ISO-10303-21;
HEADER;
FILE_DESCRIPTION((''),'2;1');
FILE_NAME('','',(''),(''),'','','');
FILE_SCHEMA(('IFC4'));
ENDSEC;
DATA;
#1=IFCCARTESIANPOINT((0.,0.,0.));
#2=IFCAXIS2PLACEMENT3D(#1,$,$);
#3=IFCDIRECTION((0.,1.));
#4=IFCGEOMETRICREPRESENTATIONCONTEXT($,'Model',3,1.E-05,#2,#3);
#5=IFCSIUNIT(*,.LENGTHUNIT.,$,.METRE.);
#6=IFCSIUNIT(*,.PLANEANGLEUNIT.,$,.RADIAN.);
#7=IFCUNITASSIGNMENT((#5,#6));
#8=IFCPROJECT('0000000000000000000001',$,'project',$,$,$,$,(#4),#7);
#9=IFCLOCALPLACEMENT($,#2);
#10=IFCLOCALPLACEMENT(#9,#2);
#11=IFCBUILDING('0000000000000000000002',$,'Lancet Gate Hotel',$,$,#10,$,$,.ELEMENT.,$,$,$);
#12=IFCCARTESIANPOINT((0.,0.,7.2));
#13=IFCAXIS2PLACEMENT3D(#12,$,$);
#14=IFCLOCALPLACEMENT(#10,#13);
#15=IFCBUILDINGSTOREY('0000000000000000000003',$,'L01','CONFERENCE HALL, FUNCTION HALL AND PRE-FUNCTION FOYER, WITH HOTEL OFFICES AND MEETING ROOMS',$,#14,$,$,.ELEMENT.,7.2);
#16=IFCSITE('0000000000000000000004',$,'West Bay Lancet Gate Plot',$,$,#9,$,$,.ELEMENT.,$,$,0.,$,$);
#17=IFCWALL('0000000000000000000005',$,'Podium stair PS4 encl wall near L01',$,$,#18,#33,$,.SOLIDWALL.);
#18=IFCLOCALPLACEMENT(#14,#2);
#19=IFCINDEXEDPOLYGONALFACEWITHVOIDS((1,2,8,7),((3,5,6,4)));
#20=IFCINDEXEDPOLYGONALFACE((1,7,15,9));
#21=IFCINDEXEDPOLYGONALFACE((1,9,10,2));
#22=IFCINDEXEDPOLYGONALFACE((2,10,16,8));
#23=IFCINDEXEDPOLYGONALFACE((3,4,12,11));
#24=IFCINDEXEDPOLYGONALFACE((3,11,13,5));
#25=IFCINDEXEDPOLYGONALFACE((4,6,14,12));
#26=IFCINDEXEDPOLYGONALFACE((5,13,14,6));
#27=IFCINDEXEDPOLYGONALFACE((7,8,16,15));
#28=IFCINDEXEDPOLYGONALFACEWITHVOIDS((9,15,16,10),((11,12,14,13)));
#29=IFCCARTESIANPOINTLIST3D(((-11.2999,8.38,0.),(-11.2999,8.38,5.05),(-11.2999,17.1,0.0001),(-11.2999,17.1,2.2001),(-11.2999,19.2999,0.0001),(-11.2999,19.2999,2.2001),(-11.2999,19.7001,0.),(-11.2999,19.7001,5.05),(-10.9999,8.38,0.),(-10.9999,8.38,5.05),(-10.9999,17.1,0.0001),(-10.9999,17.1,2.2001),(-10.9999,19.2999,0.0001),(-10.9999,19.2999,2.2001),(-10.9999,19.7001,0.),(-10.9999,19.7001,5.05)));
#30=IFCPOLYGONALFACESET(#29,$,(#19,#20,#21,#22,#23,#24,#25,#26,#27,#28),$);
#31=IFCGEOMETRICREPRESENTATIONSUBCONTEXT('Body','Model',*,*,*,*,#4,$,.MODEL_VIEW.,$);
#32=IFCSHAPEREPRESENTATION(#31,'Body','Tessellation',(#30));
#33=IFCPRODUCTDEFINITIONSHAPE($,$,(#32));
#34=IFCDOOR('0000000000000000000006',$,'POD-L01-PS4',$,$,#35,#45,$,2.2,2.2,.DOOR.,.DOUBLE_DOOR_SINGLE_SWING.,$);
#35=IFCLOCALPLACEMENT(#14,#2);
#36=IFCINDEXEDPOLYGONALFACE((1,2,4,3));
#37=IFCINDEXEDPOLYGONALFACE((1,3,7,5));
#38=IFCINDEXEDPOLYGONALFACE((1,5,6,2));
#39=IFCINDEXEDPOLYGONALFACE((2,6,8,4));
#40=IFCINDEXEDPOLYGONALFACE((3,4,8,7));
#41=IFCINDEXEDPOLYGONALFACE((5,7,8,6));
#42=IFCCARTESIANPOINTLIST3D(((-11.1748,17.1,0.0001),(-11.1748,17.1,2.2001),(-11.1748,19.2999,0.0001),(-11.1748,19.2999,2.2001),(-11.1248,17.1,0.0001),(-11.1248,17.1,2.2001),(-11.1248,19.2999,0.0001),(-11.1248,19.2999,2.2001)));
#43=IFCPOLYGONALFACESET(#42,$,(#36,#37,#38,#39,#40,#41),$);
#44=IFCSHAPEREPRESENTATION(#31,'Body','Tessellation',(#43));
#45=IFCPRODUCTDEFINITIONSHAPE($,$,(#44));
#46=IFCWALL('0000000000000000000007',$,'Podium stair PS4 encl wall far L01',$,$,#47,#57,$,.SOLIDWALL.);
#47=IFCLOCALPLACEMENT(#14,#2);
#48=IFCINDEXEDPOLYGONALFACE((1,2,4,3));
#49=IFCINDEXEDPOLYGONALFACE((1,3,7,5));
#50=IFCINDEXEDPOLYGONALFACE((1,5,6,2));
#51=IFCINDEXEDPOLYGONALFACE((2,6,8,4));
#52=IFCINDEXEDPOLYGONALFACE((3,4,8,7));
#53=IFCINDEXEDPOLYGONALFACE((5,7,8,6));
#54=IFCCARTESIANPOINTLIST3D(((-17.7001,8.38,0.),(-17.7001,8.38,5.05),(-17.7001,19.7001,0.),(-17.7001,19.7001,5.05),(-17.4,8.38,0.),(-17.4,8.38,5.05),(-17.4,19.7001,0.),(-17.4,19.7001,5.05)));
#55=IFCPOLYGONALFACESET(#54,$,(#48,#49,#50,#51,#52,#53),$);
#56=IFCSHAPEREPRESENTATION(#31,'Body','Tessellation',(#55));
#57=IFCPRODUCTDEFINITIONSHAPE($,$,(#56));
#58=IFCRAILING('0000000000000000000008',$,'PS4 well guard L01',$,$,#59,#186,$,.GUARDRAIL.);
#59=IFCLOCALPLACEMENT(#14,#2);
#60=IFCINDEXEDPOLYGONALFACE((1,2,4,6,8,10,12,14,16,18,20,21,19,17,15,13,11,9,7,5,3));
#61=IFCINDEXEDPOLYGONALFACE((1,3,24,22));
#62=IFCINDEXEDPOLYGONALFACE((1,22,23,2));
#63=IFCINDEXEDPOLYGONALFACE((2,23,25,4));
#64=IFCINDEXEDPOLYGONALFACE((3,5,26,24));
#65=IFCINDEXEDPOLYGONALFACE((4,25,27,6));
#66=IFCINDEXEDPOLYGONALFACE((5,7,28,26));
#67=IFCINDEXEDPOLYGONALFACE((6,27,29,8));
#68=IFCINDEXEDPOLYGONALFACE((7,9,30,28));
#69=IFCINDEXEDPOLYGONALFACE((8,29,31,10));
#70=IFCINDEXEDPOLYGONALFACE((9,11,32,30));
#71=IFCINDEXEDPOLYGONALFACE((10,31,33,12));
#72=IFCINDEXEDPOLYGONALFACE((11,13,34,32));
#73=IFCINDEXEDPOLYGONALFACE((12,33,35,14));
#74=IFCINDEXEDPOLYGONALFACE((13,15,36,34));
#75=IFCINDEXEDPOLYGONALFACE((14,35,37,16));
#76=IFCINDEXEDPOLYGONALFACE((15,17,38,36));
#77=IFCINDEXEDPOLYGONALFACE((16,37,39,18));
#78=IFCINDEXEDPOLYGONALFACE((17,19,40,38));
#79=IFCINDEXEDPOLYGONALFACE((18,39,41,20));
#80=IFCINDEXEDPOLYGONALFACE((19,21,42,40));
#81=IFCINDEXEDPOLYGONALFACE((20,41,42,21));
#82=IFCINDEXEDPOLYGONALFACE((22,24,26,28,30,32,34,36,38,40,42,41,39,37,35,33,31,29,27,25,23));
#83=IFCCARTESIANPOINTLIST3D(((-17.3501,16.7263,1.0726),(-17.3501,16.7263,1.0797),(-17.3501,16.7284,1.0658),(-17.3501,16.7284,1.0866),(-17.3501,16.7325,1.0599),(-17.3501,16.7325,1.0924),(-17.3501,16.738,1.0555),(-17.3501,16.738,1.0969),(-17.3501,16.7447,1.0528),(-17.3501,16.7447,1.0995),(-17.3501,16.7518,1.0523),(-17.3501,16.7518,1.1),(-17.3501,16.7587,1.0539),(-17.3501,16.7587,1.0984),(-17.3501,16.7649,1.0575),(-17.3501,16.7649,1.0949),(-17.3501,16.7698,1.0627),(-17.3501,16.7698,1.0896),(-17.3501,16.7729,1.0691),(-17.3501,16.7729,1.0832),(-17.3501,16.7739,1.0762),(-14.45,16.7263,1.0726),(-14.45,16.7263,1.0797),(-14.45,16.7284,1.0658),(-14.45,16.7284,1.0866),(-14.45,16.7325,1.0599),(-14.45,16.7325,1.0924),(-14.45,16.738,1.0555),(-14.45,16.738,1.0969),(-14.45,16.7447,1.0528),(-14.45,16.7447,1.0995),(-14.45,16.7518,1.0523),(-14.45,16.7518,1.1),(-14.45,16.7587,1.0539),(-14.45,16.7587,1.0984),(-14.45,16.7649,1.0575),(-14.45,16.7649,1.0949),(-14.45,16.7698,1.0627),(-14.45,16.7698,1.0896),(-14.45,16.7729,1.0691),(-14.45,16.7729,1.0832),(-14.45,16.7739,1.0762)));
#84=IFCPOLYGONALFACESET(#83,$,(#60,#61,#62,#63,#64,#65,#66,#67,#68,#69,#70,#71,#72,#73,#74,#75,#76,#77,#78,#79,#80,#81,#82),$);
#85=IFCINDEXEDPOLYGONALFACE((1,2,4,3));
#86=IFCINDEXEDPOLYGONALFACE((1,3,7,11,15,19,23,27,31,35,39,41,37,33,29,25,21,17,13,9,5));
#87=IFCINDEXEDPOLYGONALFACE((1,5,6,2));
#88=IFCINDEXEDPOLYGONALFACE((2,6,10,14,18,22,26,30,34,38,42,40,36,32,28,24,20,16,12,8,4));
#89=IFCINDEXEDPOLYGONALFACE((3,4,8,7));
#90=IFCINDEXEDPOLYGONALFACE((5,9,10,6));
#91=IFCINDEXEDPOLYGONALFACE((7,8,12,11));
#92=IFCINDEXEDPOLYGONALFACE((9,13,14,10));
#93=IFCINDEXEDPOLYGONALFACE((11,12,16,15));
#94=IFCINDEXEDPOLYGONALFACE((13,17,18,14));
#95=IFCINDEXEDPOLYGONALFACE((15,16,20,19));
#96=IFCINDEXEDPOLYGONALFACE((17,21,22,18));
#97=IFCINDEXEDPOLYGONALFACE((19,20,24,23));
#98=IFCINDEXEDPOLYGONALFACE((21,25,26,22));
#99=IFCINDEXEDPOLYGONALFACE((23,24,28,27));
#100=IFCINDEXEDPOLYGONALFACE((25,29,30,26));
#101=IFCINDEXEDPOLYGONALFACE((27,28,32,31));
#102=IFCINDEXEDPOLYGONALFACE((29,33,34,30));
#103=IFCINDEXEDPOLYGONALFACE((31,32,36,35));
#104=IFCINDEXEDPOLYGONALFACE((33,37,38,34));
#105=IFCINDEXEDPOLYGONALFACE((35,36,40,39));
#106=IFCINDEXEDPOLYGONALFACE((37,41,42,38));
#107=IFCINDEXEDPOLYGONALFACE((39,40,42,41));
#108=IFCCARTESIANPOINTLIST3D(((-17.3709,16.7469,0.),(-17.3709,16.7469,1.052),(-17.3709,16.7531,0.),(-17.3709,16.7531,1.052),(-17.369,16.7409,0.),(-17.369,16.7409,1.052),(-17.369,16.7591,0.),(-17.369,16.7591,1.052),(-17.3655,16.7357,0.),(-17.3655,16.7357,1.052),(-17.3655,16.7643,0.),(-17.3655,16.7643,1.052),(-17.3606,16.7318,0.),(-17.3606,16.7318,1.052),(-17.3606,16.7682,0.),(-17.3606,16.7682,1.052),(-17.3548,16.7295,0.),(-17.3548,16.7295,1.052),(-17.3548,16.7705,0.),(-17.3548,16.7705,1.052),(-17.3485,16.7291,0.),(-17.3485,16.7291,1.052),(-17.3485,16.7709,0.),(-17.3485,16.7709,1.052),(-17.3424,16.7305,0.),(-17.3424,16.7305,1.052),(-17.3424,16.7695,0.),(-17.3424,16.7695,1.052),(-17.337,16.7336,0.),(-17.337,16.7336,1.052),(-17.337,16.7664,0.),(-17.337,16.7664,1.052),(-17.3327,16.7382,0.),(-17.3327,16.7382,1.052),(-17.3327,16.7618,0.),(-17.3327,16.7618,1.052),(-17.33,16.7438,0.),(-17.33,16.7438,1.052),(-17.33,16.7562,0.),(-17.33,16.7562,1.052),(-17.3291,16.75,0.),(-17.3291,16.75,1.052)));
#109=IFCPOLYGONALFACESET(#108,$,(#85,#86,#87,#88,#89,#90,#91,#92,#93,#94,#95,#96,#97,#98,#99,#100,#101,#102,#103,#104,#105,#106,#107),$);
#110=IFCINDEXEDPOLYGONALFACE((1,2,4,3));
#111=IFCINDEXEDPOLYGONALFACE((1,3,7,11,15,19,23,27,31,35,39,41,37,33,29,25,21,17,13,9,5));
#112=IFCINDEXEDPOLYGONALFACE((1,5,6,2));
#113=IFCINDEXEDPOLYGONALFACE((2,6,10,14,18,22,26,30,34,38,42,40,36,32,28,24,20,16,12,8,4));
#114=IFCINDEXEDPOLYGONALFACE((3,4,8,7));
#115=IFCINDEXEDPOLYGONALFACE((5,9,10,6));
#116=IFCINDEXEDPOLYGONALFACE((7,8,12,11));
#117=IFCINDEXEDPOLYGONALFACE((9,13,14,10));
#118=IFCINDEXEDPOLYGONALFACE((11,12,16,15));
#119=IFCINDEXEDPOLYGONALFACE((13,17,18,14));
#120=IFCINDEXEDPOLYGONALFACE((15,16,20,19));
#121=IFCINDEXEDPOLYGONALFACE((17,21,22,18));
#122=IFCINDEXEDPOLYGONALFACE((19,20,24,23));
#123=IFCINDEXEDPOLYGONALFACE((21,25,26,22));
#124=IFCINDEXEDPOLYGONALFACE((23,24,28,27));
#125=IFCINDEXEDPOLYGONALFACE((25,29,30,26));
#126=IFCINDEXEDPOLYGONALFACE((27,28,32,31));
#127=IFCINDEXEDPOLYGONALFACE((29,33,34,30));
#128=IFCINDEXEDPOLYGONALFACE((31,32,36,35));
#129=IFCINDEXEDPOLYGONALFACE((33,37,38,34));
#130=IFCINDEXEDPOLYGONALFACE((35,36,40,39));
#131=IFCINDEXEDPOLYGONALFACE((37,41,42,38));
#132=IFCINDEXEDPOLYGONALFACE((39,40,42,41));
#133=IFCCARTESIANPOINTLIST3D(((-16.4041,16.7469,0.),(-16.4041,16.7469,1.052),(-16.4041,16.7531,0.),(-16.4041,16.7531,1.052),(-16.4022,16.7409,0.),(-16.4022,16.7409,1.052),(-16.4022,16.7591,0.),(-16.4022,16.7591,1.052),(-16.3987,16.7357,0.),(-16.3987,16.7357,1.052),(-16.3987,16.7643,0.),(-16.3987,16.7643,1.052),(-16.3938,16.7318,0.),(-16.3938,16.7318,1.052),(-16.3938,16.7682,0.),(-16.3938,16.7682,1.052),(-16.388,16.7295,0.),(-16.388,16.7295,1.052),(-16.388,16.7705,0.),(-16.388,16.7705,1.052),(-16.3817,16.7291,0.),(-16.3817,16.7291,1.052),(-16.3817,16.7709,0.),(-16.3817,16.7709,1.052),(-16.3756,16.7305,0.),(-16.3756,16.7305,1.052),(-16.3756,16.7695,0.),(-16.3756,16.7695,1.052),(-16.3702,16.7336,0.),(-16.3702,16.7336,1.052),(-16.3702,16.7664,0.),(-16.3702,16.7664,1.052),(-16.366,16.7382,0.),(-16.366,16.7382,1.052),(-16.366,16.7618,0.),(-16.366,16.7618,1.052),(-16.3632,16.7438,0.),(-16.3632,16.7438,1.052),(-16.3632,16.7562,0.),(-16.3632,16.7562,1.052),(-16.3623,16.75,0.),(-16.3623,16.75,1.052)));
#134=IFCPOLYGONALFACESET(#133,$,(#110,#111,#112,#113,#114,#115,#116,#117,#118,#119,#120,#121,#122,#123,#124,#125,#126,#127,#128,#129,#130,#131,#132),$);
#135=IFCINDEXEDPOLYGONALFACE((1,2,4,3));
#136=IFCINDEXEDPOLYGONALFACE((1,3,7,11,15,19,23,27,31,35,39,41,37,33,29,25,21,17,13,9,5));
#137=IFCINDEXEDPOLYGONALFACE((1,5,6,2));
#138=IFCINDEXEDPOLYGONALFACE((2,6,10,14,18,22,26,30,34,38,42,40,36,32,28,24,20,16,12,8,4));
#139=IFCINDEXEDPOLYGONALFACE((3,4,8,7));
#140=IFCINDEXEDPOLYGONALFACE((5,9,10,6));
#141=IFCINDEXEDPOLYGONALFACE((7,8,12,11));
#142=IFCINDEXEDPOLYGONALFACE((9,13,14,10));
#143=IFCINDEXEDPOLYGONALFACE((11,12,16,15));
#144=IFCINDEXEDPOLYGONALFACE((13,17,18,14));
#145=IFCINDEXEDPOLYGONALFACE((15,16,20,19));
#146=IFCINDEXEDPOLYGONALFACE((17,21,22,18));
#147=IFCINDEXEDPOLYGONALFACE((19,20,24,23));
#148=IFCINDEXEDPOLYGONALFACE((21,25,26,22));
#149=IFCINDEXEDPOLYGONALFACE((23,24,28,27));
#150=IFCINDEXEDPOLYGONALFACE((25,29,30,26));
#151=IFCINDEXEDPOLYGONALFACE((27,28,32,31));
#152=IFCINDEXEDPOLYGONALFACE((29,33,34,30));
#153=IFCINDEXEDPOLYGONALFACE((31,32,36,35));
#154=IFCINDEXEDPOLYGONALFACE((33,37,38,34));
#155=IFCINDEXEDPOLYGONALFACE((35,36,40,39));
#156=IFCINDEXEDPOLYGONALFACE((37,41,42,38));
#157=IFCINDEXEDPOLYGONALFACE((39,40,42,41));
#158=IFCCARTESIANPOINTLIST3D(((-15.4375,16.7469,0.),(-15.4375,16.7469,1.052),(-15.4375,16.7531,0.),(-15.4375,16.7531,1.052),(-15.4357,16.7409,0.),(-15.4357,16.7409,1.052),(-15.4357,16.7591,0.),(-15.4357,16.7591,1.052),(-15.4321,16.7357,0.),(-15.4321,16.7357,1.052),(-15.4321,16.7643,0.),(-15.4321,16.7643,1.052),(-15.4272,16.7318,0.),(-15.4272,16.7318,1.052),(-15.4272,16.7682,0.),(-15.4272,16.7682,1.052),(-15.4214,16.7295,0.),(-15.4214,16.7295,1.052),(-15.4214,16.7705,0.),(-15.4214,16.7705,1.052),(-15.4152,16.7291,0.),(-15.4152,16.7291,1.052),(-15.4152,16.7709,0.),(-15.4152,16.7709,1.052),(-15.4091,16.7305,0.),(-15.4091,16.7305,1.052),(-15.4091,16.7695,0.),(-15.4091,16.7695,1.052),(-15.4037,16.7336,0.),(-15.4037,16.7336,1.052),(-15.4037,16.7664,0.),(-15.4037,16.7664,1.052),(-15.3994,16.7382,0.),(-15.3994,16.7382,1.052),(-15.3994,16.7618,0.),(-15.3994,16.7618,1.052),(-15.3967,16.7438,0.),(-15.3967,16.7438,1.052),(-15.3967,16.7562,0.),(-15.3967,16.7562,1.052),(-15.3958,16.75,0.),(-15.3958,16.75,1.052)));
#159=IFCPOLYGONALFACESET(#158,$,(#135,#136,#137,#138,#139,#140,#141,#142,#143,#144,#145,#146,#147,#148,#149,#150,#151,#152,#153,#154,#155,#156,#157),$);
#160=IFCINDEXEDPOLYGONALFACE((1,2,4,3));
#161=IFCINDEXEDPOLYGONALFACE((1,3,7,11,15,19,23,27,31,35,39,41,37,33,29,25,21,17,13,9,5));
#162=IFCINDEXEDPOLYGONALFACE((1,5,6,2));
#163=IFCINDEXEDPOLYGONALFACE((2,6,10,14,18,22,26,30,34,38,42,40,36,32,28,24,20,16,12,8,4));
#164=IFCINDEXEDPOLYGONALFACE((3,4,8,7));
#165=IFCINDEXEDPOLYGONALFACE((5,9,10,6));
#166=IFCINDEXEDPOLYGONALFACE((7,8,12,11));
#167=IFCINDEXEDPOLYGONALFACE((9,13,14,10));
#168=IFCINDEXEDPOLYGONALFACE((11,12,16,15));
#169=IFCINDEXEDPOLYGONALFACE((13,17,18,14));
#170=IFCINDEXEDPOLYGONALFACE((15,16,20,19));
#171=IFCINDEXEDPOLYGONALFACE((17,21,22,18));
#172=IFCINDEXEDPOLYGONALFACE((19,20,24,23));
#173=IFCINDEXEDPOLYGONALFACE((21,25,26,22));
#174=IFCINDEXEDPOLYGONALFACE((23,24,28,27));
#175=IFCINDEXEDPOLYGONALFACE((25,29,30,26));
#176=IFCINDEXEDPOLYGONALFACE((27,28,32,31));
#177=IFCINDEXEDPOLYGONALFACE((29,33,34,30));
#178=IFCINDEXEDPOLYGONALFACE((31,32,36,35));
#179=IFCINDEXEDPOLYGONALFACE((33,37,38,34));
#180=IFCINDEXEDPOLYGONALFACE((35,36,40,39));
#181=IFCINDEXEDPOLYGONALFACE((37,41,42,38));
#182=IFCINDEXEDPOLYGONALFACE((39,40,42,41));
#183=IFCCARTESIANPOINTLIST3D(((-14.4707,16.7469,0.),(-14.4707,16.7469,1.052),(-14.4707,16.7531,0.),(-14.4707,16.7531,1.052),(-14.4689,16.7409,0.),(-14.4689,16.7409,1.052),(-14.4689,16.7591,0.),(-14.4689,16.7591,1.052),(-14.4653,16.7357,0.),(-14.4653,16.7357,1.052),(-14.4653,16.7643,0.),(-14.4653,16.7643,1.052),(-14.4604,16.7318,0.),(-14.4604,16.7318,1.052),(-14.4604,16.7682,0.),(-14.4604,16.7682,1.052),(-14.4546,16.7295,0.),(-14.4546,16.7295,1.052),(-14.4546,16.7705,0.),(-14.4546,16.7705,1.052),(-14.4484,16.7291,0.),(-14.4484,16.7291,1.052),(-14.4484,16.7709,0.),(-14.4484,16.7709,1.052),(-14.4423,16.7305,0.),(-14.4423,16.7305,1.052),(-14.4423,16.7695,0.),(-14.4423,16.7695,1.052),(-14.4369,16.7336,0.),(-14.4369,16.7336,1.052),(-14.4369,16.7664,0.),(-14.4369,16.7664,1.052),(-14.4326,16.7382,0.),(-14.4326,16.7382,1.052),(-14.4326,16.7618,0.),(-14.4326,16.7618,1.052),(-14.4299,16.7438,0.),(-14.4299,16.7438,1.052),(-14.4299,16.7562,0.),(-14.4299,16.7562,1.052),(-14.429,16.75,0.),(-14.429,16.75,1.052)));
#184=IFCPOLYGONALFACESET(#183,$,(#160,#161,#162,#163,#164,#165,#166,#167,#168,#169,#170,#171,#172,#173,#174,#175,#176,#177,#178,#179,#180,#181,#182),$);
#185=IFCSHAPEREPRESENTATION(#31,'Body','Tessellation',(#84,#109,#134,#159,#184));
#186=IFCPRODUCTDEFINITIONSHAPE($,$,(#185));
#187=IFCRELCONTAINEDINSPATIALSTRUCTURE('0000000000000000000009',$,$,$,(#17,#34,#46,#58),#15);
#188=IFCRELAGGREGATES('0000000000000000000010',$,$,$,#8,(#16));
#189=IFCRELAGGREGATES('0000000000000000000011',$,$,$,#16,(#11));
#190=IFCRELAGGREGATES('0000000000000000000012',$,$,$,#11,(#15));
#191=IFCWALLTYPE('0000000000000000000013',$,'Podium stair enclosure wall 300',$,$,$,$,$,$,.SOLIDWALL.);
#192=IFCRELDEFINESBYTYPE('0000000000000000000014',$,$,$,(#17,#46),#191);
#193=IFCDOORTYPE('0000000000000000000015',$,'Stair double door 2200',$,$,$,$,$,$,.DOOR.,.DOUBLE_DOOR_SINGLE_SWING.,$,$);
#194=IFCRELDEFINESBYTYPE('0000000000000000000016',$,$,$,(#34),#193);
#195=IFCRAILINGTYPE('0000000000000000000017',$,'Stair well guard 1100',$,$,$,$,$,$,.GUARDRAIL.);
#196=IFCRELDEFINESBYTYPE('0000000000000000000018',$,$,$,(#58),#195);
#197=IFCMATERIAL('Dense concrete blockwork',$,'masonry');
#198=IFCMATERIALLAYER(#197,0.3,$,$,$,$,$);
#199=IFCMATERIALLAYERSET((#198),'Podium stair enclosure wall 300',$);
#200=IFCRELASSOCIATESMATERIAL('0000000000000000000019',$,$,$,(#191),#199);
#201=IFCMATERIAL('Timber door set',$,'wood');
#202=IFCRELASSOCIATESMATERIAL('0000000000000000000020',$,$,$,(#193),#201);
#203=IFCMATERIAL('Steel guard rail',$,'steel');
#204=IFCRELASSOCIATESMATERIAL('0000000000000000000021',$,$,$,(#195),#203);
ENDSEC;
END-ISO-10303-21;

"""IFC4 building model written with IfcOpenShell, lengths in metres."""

from ifc_helpers import new_model, si_unit, direction, frame, frame_2d, origin, origin_2d, place, context, subcontext, project, spatial, rectangle, circle, extrude, material, layer, layer_set, type_object, element, fill, save


model = new_model("IFC4")

# Units and contexts
model_context = context("Model", 3, precision=1e-05, world=origin(), true_north=direction((0.0, 1.0)))
body_context = subcontext(model_context, "Body", "Model", "MODEL_VIEW")
ifc_project = project(units=[si_unit("LENGTHUNIT", "METRE"), si_unit("PLANEANGLEUNIT", "RADIAN")], contexts=[model_context])

# Site, building, storey
site_placement = place(None, origin())
site = spatial("IfcSite", under=ifc_project, at=site_placement, Name="West Bay Lancet Gate Plot", CompositionType="ELEMENT", RefElevation=0.0)
building_placement = place(site_placement, origin())
building = spatial("IfcBuilding", under=site, at=building_placement, Name="Lancet Gate Hotel", CompositionType="ELEMENT")
storey_placement = place(building_placement, frame((0.0, 0.0, 7.2)))
storey = spatial("IfcBuildingStorey", under=building, at=storey_placement, Name="L01", Description="CONFERENCE HALL, FUNCTION HALL AND PRE-FUNCTION FOYER, WITH HOTEL OFFICES AND MEETING ROOMS", CompositionType="ELEMENT", Elevation=7.2)

# Shared definitions
ifc_material_1 = material(Name="Dense concrete blockwork", Category="masonry")
ifc_layer_1 = layer(ifc_material_1, 0.3)
ifc_layer_set_1 = layer_set([ifc_layer_1], Name="Podium stair enclosure wall 300")
wall_type = type_object("IfcWallType", Name="Podium stair enclosure wall 300", PredefinedType="SOLIDWALL", material=ifc_layer_set_1)

# Wall, opening, door
wall_1_placement = place(storey_placement, frame((-11.1499, 8.3799, 0.0), z_axis=(0.0, 0.0, 1.0), x_axis=(0.0, 1.0, 0.0)))
wall_1 = element("IfcWall", 1, at=wall_1_placement, inside=storey, type_object=wall_type, Name="Podium stair PS4 encl wall near L01", PredefinedType="SOLIDWALL", context=body_context, shape_type="SweptSolid", body=[
    extrude(rectangle(XDim=11.3201, YDim=0.3, at=frame_2d((5.6602, 0.0))), origin(), (0.0, 0.0, 1.0), 5.05),
])
opening_placement = place(wall_1_placement, frame((8.72, 0.0, 0.0)))
opening = element("IfcOpeningElement", 2, at=opening_placement, cuts=wall_1, PredefinedType="OPENING", context=body_context, shape_type="SweptSolid", body=[
    extrude(rectangle(XDim=2.2, YDim=2.2, at=frame_2d((1.1001, 1.1001))), frame((0.0, 0.1599, 0.0), z_axis=(0.0, -1.0, 0.0), x_axis=(1.0, 0.0, 0.0)), (0.0, 0.0, 1.0), 0.3201),
])
ifc_material_2 = material(Name="Timber door set", Category="wood")
door_type = type_object("IfcDoorType", Name="Stair double door 2200", OperationType="DOUBLE_DOOR_SINGLE_SWING", PredefinedType="DOOR", material=ifc_material_2)
door_placement = place(opening_placement, origin())
door = element("IfcDoor", 3, at=door_placement, inside=storey, type_object=door_type, Name="POD-L01-PS4", OperationType="DOUBLE_DOOR_SINGLE_SWING", OverallHeight=2.2, OverallWidth=2.2, PredefinedType="DOOR", context=body_context, shape_type="SweptSolid", body=[
    extrude(rectangle(XDim=2.2, YDim=2.2, at=frame_2d((1.1001, 1.1001))), frame((0.0, 0.0249, 0.0), z_axis=(0.0, -1.0, 0.0), x_axis=(1.0, 0.0, 0.0)), (0.0, 0.0, 1.0), 0.05),
])
fill(opening, door)

# Wall
wall_2_placement = place(storey_placement, frame((-17.55, 8.3799, 0.0), z_axis=(0.0, 0.0, 1.0), x_axis=(0.0, 1.0, 0.0)))
element("IfcWall", 4, at=wall_2_placement, inside=storey, type_object=wall_type, Name="Podium stair PS4 encl wall far L01", PredefinedType="SOLIDWALL", context=body_context, shape_type="SweptSolid", body=[
    extrude(rectangle(XDim=11.3201, YDim=0.3, at=frame_2d((5.6602, 0.0))), origin(), (0.0, 0.0, 1.0), 5.05),
])

# Railing
ifc_material_3 = material(Name="Steel guard rail", Category="steel")
railing_type = type_object("IfcRailingType", Name="Stair well guard 1100", PredefinedType="GUARDRAIL", material=ifc_material_3)
railing_placement = place(storey_placement, frame((-17.3501, 16.75, 0.0)))
element("IfcRailing", 5, at=railing_placement, inside=storey, type_object=railing_type, Name="PS4 well guard L01", PredefinedType="GUARDRAIL", context=body_context, shape_type="SweptSolid", body=[
    extrude(circle(Radius=0.0239, at=origin_2d()), frame((0.0, 0.0, 1.0762), z_axis=(1.0, 0.0, 0.0), x_axis=(0.0, 1.0, 0.0)), (0.0, 0.0, 1.0), 2.9001),
    extrude(circle(Radius=0.021, at=origin_2d()), origin(), (0.0, 0.0, 1.0), 1.052),
    extrude(circle(Radius=0.021, at=origin_2d()), frame((0.9668, 0.0, 0.0)), (0.0, 0.0, 1.0), 1.052),
    extrude(circle(Radius=0.021, at=origin_2d()), frame((1.9333, 0.0, 0.0)), (0.0, 0.0, 1.0), 1.052),
    extrude(circle(Radius=0.021, at=origin_2d()), frame((2.9001, 0.0, 0.0)), (0.0, 0.0, 1.0), 1.052),
])

save(model, "model.ifc")
